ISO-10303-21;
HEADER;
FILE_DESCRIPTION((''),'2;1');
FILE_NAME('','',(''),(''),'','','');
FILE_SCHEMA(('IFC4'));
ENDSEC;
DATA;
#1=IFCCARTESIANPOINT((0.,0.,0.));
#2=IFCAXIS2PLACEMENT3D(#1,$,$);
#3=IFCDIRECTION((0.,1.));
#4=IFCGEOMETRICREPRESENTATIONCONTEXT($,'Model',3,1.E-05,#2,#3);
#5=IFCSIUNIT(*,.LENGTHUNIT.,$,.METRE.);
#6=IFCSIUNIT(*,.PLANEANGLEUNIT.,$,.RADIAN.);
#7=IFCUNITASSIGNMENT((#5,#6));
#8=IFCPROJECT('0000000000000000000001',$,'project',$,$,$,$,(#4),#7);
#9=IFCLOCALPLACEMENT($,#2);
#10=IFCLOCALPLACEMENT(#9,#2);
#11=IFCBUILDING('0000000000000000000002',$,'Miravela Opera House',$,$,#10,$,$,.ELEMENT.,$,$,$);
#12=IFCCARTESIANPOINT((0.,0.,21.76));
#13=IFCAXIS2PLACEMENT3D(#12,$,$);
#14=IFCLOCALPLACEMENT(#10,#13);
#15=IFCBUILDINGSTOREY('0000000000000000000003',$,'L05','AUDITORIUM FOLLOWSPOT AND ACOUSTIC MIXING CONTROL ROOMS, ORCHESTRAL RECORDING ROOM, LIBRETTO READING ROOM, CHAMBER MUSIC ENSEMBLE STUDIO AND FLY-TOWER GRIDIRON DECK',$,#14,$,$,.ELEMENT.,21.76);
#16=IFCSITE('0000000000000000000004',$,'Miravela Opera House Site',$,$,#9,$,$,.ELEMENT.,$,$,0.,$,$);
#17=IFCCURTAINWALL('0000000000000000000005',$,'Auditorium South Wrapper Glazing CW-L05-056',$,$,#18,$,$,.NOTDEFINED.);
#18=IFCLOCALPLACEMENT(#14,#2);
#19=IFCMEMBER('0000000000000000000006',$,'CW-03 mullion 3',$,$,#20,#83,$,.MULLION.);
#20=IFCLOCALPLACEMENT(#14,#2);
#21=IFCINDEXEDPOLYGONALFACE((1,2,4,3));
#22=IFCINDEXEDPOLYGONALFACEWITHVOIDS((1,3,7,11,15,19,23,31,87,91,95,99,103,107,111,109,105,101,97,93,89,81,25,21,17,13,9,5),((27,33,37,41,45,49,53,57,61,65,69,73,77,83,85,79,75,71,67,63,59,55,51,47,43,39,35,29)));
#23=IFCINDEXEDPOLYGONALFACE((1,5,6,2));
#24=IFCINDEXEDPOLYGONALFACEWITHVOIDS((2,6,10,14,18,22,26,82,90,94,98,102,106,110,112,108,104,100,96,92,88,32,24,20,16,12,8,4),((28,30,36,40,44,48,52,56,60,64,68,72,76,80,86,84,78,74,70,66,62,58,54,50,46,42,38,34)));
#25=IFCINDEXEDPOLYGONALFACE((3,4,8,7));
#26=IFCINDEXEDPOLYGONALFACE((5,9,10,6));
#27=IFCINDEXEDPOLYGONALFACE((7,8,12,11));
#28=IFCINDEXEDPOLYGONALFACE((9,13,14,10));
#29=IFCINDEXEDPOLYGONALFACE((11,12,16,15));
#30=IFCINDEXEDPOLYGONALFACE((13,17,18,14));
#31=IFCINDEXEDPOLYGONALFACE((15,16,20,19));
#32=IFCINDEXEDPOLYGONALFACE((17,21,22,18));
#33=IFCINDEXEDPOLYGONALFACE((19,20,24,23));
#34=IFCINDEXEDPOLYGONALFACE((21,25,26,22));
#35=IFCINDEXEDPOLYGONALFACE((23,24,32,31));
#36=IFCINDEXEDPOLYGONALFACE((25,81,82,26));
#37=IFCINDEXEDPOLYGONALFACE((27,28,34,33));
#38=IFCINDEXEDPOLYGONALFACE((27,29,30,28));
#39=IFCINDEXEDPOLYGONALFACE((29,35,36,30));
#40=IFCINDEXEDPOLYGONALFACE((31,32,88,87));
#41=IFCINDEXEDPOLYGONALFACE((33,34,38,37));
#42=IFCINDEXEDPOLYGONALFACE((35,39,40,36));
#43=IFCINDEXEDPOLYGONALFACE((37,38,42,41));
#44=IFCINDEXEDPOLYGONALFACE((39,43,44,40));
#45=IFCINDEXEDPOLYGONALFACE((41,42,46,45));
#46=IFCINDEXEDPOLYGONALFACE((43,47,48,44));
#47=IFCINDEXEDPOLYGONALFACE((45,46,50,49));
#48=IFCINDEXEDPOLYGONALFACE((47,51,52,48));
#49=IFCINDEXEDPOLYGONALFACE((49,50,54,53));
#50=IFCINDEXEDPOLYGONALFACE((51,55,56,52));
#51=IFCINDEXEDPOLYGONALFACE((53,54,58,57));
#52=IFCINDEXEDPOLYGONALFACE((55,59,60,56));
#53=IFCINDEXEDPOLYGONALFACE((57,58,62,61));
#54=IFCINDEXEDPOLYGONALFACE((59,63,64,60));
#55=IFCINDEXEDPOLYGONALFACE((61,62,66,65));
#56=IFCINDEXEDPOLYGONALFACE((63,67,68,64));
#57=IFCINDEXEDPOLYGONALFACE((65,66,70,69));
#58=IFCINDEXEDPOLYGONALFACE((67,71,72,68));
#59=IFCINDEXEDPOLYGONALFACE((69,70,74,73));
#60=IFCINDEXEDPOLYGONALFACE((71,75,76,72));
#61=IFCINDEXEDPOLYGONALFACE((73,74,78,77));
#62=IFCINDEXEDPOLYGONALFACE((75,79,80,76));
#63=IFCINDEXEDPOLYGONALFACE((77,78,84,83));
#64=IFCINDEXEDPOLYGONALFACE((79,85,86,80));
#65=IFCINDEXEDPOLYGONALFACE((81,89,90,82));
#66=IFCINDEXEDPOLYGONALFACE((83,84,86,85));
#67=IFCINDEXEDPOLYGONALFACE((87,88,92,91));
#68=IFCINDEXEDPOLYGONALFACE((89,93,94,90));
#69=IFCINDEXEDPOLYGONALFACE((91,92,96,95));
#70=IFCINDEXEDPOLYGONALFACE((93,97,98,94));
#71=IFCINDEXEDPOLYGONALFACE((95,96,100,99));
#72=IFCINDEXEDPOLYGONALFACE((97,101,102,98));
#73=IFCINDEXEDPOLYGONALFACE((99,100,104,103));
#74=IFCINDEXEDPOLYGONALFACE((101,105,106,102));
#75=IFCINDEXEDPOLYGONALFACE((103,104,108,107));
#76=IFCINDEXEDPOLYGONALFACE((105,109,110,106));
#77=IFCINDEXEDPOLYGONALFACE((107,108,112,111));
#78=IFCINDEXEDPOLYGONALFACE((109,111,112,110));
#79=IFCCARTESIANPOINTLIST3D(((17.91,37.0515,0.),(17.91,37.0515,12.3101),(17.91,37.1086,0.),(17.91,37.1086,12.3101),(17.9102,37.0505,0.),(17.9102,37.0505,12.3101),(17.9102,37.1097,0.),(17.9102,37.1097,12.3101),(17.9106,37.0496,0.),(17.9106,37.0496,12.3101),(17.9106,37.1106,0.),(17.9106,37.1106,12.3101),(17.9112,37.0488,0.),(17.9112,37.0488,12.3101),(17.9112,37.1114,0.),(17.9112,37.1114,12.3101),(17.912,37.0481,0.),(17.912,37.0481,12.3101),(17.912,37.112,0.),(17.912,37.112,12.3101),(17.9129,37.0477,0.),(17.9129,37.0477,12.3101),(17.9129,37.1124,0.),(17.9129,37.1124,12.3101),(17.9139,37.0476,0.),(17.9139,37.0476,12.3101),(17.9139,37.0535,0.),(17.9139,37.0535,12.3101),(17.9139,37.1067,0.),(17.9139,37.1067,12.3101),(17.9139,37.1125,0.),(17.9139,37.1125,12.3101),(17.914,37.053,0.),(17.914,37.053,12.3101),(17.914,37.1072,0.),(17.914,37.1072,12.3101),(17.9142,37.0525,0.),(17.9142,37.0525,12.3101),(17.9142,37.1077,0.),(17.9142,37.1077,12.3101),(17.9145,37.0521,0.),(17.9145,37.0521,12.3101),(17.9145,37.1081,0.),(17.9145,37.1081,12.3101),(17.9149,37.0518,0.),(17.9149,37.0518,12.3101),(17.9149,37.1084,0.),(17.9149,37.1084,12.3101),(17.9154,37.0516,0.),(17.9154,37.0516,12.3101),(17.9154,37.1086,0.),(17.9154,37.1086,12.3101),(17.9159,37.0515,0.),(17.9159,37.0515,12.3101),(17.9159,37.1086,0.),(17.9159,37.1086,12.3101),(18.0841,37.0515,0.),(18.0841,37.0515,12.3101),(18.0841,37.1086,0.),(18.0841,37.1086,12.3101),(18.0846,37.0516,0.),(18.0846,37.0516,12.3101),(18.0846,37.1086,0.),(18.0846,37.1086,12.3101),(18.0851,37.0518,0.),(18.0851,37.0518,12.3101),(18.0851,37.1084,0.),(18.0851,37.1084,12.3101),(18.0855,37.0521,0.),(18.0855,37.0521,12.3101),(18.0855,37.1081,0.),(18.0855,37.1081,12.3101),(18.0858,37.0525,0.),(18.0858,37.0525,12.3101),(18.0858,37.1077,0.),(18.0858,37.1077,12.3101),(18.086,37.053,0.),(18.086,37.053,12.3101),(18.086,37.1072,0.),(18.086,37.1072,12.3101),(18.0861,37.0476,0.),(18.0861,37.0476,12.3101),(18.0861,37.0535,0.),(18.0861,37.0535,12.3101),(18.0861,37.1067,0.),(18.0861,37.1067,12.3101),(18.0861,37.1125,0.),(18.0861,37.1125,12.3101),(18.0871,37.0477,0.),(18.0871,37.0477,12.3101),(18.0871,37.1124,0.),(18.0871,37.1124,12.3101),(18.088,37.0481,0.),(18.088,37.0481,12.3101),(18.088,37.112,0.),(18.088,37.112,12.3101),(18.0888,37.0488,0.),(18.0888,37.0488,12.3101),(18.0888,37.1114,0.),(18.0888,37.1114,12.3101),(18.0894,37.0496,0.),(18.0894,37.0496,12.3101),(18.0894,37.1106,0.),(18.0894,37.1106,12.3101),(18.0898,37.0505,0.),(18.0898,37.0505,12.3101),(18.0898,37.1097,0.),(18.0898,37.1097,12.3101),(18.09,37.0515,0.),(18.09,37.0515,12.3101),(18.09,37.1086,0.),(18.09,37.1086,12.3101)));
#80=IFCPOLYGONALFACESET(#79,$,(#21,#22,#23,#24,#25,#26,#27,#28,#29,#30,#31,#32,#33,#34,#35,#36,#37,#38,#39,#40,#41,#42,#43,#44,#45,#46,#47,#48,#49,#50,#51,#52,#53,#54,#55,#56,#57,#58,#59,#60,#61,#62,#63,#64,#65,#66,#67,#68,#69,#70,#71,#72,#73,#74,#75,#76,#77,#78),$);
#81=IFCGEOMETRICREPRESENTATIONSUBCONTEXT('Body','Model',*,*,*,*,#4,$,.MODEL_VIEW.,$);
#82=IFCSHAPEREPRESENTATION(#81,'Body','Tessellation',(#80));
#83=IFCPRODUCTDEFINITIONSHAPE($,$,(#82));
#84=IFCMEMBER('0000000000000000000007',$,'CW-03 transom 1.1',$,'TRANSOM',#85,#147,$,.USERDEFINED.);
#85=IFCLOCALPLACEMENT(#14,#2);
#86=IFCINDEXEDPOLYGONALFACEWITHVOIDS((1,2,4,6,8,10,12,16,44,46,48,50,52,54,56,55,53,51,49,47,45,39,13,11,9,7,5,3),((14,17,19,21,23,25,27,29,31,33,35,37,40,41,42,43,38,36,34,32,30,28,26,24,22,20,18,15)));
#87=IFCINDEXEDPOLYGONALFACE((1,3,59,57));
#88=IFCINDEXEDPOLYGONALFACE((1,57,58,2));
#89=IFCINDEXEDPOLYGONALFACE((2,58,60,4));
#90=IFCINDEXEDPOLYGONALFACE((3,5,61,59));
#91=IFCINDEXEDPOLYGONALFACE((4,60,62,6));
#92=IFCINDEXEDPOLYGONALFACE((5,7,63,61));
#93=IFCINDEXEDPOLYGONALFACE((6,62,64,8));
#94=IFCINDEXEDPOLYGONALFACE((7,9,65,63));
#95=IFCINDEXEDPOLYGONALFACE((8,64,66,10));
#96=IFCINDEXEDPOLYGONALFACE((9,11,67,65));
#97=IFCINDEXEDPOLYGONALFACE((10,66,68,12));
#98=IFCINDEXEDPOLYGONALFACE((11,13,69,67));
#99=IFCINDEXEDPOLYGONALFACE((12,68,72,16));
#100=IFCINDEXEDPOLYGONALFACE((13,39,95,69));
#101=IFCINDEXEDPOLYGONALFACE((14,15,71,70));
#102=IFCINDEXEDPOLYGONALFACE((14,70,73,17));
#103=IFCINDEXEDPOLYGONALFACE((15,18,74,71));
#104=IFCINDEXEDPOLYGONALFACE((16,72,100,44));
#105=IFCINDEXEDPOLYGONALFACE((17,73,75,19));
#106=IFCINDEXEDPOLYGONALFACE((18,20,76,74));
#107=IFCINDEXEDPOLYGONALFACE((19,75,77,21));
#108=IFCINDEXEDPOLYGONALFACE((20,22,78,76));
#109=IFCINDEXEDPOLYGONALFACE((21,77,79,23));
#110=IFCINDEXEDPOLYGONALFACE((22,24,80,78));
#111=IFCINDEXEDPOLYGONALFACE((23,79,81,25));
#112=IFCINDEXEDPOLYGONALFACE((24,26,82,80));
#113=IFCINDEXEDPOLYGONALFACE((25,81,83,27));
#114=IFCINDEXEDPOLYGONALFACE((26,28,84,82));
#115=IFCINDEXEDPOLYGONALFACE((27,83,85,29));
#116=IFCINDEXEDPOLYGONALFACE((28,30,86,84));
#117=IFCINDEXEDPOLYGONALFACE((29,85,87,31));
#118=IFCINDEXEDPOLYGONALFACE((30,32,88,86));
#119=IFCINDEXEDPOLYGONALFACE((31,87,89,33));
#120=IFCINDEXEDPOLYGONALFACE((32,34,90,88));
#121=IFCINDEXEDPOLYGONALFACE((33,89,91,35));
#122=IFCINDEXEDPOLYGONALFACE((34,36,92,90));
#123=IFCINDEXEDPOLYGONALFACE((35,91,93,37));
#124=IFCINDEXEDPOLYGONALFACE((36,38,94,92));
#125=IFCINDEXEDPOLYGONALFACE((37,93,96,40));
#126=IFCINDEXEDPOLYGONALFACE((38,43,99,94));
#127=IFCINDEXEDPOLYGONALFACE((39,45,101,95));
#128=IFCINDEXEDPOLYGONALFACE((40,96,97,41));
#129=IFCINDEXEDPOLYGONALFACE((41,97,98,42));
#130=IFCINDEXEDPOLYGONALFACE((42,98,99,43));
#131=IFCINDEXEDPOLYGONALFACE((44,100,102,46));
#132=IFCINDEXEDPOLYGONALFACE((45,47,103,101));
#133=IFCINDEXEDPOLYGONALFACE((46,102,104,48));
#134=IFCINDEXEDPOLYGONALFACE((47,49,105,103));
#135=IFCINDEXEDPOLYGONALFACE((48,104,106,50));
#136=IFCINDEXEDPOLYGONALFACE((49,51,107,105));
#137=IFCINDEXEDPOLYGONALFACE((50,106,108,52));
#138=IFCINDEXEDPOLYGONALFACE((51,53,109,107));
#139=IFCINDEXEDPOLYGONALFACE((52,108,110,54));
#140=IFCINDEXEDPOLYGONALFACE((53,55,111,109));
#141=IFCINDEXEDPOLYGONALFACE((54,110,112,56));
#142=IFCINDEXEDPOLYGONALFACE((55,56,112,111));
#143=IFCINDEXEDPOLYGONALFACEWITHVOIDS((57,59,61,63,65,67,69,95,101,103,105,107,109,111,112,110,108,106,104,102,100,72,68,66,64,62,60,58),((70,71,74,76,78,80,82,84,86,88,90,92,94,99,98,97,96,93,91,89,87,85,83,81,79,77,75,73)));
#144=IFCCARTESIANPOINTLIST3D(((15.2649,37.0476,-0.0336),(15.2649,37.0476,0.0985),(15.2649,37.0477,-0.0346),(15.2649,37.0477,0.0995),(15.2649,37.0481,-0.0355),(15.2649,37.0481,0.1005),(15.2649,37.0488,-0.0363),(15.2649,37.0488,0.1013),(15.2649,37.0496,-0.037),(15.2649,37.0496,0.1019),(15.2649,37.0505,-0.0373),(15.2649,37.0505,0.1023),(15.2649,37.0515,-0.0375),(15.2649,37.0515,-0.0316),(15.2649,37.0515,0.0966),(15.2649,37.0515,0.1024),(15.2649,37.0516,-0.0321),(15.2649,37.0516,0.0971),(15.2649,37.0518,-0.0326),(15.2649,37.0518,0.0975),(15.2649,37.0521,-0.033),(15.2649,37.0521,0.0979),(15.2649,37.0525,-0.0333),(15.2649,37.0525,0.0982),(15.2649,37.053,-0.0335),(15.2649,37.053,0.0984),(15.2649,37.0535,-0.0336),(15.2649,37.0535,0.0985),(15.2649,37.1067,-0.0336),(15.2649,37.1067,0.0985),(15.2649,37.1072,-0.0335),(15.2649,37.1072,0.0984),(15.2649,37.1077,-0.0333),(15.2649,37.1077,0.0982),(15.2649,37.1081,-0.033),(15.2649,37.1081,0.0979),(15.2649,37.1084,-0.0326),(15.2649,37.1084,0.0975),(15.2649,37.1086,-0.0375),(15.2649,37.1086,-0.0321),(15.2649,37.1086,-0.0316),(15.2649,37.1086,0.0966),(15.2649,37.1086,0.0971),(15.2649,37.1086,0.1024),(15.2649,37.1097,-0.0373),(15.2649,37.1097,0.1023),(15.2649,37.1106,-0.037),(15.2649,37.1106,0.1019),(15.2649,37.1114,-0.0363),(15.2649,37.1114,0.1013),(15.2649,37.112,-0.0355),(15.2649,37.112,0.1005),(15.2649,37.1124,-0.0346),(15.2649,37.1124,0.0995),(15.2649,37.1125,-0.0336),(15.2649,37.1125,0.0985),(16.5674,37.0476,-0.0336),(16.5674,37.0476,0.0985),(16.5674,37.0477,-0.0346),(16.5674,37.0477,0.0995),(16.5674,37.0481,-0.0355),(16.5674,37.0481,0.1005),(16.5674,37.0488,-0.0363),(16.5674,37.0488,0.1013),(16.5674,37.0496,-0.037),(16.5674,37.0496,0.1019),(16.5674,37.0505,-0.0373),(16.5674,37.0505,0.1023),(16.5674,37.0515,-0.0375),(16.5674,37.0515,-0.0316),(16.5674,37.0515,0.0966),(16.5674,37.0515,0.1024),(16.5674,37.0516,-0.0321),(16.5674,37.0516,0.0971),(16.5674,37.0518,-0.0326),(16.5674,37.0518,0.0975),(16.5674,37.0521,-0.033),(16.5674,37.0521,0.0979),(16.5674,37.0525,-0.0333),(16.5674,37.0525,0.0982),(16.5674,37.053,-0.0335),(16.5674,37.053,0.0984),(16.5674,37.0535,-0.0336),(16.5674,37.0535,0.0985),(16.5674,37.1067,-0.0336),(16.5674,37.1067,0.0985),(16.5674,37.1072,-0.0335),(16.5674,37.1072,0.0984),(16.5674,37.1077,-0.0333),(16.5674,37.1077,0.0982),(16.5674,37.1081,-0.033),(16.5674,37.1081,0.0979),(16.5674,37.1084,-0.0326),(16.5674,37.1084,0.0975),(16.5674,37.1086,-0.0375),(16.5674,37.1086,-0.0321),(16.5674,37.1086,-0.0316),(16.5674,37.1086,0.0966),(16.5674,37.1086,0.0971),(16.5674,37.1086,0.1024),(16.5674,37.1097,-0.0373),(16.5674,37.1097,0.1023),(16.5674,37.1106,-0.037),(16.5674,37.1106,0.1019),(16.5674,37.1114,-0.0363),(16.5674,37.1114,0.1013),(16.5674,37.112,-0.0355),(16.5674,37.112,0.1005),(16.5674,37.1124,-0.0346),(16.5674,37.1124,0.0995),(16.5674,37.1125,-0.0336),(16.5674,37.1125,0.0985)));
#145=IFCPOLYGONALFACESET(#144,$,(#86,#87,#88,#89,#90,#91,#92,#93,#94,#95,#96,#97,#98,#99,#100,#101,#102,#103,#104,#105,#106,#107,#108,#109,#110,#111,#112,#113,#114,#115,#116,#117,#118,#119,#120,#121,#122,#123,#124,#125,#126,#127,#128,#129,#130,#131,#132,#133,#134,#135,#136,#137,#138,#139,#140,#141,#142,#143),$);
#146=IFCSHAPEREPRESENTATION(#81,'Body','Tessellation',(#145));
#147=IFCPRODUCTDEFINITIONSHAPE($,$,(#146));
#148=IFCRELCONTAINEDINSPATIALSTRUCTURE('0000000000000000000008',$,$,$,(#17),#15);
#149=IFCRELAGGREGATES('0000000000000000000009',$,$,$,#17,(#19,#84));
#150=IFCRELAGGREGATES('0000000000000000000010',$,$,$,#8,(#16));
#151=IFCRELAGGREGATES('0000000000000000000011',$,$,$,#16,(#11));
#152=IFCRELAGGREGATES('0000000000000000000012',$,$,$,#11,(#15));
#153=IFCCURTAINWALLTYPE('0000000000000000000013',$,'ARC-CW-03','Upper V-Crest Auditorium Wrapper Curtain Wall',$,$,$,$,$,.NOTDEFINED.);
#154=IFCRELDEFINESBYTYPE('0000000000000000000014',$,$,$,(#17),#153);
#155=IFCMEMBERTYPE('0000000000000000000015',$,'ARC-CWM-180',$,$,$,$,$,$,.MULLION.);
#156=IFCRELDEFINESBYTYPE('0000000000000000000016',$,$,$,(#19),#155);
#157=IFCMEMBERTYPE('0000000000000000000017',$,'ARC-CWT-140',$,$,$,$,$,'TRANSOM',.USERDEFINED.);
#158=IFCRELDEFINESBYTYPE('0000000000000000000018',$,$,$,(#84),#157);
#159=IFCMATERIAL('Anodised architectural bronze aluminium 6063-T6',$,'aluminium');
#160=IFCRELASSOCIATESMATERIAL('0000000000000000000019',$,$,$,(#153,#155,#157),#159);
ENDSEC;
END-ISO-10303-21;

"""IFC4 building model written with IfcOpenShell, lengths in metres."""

from ifc_helpers import new_model, si_unit, direction, frame, origin, origin_2d, place, context, subcontext, project, spatial, hollow_rectangle, extrude, material, material_profile, profile_set, type_object, element, aggregate, save


model = new_model("IFC4")

# Units and contexts
model_context = context("Model", 3, precision=1e-05, world=origin(), true_north=direction((0.0, 1.0)))
body_context = subcontext(model_context, "Body", "Model", "MODEL_VIEW")
ifc_project = project(units=[si_unit("LENGTHUNIT", "METRE"), si_unit("PLANEANGLEUNIT", "RADIAN")], contexts=[model_context])

# Site, building, storey
site_placement = place(None, origin())
site = spatial("IfcSite", under=ifc_project, at=site_placement, Name="Miravela Opera House Site", CompositionType="ELEMENT", RefElevation=0.0)
building_placement = place(site_placement, origin())
building = spatial("IfcBuilding", under=site, at=building_placement, Name="Miravela Opera House", CompositionType="ELEMENT")
storey_placement = place(building_placement, frame((0.0, 0.0, 21.76)))
storey = spatial("IfcBuildingStorey", under=building, at=storey_placement, Name="L05", Description="AUDITORIUM FOLLOWSPOT AND ACOUSTIC MIXING CONTROL ROOMS, ORCHESTRAL RECORDING ROOM, LIBRETTO READING ROOM, CHAMBER MUSIC ENSEMBLE STUDIO AND FLY-TOWER GRIDIRON DECK", CompositionType="ELEMENT", Elevation=21.76)

# Curtain wall, members
ifc_material_1 = material(Name="Anodised architectural bronze aluminium 6063-T6", Category="aluminium")
curtain_wall_type = type_object("IfcCurtainWallType", Name="ARC-CW-03", Description="Upper V-Crest Auditorium Wrapper Curtain Wall", PredefinedType="NOTDEFINED", material=ifc_material_1)
curtain_wall_placement = place(storey_placement, origin())
curtain_wall = element("IfcCurtainWall", 1, at=curtain_wall_placement, inside=storey, type_object=curtain_wall_type, Name="Auditorium South Wrapper Glazing CW-L05-056", PredefinedType="NOTDEFINED")
ifc_material_profile_1 = material_profile(ifc_material_1, hollow_rectangle(XDim=0.0649, YDim=0.1799, WallThickness=0.0039, InnerFilletRadius=0.002, OuterFilletRadius=0.0039, at=origin_2d()), Name="CWM-65X180")
ifc_profile_set_1 = profile_set([ifc_material_profile_1])
member_type_1 = type_object("IfcMemberType", Name="ARC-CWM-180", PredefinedType="MULLION", material=ifc_profile_set_1)
member_1_placement = place(storey_placement, frame((18.0, 37.0801, 0.0), z_axis=(0.0, 0.0, 1.0), x_axis=(0.0, 1.0, 0.0)))
member_1 = element("IfcMember", 2, at=member_1_placement, type_object=member_type_1, Name="CW-03 mullion 3", PredefinedType="MULLION", context=body_context, shape_type="SweptSolid", body=[
    extrude(hollow_rectangle(XDim=0.0649, YDim=0.1799, WallThickness=0.0039, InnerFilletRadius=0.002, OuterFilletRadius=0.0039, at=origin_2d()), origin(), (0.0, 0.0, 1.0), 12.3101),
])
ifc_material_profile_2 = material_profile(ifc_material_1, hollow_rectangle(XDim=0.0649, YDim=0.1399, WallThickness=0.0039, InnerFilletRadius=0.002, OuterFilletRadius=0.0039, at=origin_2d()), Name="CWT-65X140")
ifc_profile_set_2 = profile_set([ifc_material_profile_2])
member_type_2 = type_object("IfcMemberType", Name="ARC-CWT-140", ElementType="TRANSOM", PredefinedType="USERDEFINED", material=ifc_profile_set_2)
member_2_placement = place(storey_placement, frame((15.2649, 37.0801, 0.0325), z_axis=(1.0, 0.0, 0.0), x_axis=(0.0, 1.0, 0.0)))
member_2 = element("IfcMember", 3, at=member_2_placement, type_object=member_type_2, Name="CW-03 transom 1.1", ObjectType="TRANSOM", PredefinedType="USERDEFINED", context=body_context, shape_type="SweptSolid", body=[
    extrude(hollow_rectangle(XDim=0.0649, YDim=0.1399, WallThickness=0.0039, InnerFilletRadius=0.002, OuterFilletRadius=0.0039, at=origin_2d()), origin(), (0.0, 0.0, 1.0), 1.3025),
])

aggregate(curtain_wall, [member_1, member_2])

save(model, "model.ifc")
